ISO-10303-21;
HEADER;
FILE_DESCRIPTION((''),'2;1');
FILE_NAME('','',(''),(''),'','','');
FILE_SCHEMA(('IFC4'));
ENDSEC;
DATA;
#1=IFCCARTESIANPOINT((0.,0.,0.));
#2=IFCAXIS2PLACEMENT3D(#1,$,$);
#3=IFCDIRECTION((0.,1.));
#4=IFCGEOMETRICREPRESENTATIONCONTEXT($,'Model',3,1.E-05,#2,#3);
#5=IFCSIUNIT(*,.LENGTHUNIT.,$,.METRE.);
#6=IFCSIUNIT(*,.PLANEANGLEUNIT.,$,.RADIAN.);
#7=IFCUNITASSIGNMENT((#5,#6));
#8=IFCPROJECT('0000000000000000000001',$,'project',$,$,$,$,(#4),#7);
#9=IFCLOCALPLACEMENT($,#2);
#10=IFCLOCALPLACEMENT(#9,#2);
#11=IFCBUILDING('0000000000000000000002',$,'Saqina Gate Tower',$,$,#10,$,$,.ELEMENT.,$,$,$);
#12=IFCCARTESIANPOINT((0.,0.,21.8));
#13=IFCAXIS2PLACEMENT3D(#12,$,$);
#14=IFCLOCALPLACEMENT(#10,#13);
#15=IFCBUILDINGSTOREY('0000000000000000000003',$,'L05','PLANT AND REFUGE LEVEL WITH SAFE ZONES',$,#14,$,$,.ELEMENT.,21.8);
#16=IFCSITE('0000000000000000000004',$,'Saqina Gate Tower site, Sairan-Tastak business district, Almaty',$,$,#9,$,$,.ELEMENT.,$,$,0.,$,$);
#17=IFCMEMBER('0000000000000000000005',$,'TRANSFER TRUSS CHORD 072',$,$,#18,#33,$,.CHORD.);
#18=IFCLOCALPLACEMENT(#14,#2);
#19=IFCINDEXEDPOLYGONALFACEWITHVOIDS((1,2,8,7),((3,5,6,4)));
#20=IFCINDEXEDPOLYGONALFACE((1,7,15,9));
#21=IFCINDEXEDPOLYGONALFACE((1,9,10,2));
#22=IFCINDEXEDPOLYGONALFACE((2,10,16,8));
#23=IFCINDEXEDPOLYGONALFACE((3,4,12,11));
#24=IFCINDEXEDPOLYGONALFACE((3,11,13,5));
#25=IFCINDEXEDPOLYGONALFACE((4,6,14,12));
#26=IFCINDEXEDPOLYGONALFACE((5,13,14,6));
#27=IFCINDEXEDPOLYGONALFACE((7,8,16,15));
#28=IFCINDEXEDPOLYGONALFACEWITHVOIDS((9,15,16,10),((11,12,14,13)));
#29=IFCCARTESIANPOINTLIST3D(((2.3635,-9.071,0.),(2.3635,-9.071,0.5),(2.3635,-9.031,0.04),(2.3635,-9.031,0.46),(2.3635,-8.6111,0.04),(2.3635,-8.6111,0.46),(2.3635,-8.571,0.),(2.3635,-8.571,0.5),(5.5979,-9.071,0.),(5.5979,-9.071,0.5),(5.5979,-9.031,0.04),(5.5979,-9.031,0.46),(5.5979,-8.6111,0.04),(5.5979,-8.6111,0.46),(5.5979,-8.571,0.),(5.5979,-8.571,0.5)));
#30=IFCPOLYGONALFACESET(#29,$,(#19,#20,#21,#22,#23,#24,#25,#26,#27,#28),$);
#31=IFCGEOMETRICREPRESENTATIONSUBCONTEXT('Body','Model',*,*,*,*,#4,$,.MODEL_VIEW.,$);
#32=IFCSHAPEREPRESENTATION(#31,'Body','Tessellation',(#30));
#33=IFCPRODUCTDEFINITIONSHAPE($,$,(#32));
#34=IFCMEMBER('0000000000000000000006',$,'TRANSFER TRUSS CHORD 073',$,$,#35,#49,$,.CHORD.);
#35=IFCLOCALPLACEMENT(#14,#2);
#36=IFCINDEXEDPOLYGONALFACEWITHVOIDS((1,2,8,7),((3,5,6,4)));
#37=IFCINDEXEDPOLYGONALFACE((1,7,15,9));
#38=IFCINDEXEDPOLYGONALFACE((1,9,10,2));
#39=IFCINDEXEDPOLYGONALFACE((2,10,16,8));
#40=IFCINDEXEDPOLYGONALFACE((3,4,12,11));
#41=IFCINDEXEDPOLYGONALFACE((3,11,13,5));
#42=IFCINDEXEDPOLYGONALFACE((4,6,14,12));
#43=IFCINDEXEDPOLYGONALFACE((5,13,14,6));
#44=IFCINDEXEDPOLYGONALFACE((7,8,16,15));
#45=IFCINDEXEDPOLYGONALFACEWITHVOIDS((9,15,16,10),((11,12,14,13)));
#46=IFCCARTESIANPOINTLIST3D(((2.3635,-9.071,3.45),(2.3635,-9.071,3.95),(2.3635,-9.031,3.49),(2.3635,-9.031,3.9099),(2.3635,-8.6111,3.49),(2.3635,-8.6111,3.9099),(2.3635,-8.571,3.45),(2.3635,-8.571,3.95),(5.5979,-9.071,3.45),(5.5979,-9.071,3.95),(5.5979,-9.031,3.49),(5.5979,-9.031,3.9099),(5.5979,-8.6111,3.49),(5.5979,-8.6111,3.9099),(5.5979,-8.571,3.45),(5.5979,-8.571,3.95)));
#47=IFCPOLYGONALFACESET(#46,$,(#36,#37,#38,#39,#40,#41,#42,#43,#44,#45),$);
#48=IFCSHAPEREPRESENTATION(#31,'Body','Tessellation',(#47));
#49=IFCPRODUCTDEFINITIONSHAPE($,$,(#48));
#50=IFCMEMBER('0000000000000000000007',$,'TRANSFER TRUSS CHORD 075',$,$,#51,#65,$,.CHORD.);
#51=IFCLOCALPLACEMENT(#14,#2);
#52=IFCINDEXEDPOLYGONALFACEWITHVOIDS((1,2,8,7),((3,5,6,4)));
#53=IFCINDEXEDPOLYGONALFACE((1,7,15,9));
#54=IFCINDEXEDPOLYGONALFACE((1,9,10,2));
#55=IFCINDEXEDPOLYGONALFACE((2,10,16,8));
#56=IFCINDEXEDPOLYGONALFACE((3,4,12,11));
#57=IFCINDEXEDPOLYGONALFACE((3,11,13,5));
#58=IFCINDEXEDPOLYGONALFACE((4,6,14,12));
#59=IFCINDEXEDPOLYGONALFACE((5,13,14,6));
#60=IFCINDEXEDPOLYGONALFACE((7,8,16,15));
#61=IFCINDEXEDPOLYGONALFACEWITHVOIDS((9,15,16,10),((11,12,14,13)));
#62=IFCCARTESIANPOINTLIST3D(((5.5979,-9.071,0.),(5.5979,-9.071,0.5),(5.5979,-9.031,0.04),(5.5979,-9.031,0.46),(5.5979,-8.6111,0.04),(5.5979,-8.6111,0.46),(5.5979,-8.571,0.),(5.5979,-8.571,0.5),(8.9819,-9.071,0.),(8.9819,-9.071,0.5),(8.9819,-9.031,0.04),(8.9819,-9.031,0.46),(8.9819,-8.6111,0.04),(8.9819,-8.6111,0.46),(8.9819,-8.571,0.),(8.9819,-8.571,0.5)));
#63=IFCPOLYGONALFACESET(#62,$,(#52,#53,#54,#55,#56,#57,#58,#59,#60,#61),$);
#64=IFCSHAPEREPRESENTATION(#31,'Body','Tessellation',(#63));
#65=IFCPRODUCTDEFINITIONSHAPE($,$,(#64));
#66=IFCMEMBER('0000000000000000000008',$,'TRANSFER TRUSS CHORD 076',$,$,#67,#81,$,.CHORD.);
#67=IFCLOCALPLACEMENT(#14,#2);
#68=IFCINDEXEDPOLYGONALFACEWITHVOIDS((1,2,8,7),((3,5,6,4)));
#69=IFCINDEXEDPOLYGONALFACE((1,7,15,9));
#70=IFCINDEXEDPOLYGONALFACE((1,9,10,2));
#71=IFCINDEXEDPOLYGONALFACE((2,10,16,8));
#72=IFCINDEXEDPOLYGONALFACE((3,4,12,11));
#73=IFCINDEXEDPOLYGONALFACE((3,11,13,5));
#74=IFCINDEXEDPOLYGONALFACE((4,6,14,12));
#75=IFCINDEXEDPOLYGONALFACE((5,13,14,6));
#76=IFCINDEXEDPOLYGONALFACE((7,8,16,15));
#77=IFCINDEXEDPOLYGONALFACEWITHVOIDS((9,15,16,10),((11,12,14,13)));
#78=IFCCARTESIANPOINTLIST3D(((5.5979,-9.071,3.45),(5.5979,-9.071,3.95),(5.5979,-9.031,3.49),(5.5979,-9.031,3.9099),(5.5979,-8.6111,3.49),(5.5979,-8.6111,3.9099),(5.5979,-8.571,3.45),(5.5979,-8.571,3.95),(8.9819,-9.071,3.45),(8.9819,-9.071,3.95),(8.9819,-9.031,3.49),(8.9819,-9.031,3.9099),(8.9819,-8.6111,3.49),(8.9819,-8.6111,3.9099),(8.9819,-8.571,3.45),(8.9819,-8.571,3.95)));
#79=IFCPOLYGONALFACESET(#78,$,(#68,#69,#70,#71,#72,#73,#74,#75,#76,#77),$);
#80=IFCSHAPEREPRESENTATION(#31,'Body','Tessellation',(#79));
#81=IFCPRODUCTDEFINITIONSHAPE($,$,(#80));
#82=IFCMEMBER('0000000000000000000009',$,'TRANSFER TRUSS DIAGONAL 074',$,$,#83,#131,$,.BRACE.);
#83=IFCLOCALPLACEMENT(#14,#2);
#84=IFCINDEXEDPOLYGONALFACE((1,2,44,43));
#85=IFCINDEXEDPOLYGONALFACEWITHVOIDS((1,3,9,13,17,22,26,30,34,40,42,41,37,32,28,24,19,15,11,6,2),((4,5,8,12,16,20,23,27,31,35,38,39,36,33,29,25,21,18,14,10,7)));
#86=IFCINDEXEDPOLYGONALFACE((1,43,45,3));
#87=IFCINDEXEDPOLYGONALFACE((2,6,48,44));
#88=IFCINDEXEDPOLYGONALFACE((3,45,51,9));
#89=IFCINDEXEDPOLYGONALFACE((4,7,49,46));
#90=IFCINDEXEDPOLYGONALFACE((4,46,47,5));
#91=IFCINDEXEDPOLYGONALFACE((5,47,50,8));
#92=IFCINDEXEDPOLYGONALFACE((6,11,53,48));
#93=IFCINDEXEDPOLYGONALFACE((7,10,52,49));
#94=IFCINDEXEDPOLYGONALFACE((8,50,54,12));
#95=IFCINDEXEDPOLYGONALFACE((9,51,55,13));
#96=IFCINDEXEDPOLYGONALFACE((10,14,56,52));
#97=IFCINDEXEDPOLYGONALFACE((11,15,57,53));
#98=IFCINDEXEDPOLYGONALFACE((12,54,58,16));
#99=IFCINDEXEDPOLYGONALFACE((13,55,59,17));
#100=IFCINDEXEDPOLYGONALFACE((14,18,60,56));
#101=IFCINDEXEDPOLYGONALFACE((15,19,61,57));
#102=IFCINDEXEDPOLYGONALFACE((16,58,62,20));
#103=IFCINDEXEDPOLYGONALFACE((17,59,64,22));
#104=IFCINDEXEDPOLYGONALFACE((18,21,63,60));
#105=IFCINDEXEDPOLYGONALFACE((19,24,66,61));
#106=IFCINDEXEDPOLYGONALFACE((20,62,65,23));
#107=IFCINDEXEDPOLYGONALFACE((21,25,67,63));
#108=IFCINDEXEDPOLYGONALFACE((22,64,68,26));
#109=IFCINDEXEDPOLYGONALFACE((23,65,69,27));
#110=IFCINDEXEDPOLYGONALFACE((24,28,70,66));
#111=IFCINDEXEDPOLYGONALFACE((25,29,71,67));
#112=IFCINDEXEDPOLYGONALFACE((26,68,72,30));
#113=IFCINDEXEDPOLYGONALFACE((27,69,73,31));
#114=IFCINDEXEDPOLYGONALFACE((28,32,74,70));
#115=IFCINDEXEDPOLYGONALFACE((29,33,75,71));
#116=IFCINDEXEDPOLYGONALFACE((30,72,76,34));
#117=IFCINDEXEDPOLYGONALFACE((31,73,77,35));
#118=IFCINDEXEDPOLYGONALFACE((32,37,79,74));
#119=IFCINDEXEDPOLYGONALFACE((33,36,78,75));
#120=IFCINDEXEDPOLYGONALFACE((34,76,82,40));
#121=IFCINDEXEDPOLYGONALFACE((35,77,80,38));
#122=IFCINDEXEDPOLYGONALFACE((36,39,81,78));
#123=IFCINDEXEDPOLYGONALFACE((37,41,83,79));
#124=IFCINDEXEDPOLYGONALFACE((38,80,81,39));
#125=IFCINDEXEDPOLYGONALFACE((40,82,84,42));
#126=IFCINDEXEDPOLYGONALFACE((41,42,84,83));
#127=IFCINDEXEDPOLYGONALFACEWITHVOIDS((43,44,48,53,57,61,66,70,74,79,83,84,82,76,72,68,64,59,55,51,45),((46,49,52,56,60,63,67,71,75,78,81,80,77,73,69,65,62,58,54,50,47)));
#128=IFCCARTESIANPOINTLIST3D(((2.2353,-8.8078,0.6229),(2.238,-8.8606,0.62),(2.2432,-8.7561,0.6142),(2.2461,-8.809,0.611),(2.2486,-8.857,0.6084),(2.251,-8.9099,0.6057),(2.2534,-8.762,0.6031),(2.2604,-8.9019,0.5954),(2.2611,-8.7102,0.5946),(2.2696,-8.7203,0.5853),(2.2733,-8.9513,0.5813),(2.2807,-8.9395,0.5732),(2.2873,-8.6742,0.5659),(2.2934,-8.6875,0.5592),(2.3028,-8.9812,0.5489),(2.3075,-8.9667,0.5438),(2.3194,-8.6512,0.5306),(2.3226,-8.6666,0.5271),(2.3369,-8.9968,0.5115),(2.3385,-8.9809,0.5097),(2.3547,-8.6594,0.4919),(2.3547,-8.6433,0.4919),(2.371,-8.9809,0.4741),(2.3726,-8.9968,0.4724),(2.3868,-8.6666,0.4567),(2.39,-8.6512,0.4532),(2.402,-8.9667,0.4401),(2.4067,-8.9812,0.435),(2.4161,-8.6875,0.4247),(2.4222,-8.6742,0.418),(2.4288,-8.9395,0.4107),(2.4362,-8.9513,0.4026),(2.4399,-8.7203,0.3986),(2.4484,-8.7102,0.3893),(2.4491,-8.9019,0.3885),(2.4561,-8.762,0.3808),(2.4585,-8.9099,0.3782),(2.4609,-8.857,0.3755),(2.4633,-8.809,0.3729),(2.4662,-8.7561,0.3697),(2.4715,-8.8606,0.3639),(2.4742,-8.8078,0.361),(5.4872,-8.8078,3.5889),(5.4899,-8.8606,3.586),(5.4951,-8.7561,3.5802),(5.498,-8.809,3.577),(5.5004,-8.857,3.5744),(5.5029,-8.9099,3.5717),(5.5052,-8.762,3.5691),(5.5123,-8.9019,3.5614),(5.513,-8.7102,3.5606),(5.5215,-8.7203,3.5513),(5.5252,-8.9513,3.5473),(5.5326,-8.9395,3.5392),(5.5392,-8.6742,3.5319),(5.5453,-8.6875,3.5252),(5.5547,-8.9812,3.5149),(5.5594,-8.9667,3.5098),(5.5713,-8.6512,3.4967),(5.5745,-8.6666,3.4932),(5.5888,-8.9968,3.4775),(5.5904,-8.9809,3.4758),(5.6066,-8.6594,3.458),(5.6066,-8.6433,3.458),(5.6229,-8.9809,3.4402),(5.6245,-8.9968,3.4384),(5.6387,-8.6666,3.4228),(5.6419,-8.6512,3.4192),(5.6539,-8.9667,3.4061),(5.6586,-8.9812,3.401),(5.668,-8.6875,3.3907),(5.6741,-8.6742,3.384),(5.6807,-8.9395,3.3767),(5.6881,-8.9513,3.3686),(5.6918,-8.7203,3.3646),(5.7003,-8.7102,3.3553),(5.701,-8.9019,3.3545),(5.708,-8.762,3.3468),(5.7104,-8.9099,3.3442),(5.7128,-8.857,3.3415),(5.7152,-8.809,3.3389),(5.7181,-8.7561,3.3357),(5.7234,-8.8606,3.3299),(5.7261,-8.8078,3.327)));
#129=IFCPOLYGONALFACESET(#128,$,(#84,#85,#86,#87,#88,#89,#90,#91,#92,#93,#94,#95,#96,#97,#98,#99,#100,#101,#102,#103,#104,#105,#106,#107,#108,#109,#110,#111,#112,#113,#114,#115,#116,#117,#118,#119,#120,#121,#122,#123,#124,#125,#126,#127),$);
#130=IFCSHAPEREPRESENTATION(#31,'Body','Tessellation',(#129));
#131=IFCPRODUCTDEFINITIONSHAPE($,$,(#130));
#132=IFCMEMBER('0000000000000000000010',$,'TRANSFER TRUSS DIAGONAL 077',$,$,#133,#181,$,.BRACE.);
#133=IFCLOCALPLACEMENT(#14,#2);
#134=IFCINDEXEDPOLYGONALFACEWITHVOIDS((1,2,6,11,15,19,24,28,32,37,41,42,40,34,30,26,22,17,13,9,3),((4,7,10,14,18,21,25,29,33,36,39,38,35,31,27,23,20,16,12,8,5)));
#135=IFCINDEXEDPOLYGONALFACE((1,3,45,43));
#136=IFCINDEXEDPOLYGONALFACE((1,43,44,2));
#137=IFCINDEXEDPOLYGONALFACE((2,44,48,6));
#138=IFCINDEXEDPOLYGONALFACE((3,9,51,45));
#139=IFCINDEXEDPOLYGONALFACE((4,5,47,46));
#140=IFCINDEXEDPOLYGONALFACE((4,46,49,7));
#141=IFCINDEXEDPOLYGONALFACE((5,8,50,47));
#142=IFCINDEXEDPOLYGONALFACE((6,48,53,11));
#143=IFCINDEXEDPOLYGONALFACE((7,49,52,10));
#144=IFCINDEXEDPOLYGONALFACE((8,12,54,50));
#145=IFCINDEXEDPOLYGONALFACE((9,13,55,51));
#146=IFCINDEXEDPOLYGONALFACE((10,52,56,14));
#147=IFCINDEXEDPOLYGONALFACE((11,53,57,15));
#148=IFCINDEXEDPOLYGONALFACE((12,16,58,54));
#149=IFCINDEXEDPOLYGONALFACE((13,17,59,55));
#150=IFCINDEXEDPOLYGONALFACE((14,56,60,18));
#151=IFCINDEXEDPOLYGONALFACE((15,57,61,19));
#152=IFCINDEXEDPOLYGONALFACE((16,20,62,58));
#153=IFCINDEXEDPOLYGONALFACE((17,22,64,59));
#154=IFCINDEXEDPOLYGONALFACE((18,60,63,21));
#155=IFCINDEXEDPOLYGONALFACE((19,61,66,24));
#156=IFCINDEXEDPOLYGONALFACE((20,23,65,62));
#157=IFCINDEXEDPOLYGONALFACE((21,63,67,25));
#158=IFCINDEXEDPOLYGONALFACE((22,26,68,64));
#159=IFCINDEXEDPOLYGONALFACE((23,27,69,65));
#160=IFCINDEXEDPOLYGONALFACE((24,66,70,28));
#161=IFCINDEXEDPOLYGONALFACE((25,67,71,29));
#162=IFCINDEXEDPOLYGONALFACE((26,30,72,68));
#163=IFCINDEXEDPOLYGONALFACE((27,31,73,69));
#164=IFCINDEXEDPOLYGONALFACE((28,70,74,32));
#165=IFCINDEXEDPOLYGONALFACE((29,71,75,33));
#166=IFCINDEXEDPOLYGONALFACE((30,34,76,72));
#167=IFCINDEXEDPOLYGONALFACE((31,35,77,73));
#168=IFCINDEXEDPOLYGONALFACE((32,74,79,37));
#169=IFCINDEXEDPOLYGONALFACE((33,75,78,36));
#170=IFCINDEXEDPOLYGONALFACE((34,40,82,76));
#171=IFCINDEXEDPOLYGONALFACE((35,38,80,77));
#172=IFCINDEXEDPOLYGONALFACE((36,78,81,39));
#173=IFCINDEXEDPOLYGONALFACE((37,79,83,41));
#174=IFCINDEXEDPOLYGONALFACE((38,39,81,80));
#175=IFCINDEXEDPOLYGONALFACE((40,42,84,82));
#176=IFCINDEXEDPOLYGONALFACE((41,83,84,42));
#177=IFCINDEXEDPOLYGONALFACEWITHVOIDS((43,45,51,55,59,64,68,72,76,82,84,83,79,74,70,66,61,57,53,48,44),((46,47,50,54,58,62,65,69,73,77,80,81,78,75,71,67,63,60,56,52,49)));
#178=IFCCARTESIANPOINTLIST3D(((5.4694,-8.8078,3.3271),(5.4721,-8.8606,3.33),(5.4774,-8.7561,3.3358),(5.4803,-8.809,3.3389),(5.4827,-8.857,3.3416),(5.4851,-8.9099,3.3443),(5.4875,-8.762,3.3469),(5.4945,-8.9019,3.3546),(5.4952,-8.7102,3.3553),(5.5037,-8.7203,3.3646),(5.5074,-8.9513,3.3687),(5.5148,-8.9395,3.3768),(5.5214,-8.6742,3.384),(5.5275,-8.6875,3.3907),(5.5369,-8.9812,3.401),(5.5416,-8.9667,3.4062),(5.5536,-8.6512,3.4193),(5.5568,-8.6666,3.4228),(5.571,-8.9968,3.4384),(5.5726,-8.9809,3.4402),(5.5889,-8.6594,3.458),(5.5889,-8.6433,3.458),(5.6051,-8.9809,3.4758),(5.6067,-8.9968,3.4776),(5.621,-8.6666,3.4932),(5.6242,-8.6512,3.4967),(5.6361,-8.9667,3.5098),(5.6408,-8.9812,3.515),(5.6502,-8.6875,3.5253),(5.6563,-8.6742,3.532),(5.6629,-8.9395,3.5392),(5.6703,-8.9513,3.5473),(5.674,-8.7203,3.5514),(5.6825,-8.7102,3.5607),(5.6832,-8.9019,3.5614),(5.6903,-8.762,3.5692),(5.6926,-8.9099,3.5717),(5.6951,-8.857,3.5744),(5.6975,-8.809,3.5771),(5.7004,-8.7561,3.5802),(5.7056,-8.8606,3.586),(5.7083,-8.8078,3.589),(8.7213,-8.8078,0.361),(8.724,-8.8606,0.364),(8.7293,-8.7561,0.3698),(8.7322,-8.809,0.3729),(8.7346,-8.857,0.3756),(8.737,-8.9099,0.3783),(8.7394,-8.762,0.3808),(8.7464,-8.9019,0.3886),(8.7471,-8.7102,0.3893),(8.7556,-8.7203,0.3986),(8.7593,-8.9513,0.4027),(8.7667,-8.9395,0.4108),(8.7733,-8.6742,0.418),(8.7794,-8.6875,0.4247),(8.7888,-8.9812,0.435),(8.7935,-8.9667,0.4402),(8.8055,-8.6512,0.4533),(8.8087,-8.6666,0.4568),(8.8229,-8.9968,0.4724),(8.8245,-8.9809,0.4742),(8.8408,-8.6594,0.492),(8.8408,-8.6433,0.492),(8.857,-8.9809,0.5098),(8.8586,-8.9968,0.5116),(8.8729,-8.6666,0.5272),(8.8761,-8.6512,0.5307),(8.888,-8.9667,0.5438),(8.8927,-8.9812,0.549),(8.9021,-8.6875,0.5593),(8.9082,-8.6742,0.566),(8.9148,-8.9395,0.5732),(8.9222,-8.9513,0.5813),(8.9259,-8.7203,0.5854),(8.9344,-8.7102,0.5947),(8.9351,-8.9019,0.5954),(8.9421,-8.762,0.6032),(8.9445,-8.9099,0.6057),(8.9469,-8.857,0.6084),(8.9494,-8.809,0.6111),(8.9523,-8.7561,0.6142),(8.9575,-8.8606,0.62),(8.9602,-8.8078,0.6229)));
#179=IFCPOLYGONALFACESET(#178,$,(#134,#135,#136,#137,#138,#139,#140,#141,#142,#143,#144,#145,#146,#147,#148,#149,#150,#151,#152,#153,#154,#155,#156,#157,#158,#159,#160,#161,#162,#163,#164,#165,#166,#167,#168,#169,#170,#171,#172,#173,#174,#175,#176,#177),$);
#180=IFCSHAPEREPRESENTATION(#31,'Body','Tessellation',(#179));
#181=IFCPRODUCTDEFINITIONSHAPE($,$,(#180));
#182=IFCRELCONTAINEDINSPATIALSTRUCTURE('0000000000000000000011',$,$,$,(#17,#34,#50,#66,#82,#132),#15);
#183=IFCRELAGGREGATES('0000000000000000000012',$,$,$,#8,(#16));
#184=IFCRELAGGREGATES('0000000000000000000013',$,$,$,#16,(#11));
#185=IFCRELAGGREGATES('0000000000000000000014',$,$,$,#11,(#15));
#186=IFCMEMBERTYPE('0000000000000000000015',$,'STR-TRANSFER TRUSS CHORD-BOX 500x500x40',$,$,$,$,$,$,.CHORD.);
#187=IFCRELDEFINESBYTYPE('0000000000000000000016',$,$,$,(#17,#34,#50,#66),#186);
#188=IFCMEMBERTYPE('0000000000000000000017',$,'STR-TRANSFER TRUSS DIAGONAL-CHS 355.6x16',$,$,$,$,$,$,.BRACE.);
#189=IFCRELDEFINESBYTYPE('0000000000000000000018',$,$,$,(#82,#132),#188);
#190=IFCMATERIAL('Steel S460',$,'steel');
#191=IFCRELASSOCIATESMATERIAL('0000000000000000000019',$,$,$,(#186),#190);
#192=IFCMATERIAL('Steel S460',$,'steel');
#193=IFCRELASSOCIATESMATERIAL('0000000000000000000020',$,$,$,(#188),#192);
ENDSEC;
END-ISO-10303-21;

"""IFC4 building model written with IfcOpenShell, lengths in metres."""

from ifc_helpers import new_model, si_unit, direction, frame, origin, origin_2d, place, context, subcontext, project, spatial, hollow_rectangle, hollow_circle, extrude, material, material_profile, profile_set, type_object, element, save


model = new_model("IFC4")

# Units and contexts
model_context = context("Model", 3, precision=1e-05, world=origin(), true_north=direction((0.0, 1.0)))
body_context = subcontext(model_context, "Body", "Model", "MODEL_VIEW")
ifc_project = project(units=[si_unit("LENGTHUNIT", "METRE"), si_unit("PLANEANGLEUNIT", "RADIAN")], contexts=[model_context])

# Site, building, storey
site_placement = place(None, origin())
site = spatial("IfcSite", under=ifc_project, at=site_placement, Name="Saqina Gate Tower site, Sairan-Tastak business district, Almaty", CompositionType="ELEMENT", RefElevation=0.0)
building_placement = place(site_placement, origin())
building = spatial("IfcBuilding", under=site, at=building_placement, Name="Saqina Gate Tower", CompositionType="ELEMENT")
storey_placement = place(building_placement, frame((0.0, 0.0, 21.8)))
storey = spatial("IfcBuildingStorey", under=building, at=storey_placement, Name="L05", Description="PLANT AND REFUGE LEVEL WITH SAFE ZONES", CompositionType="ELEMENT", Elevation=21.8)

# Members
ifc_material_1 = material(Name="Steel S460", Category="steel")
ifc_material_profile_1 = material_profile(ifc_material_1, hollow_rectangle(XDim=0.5, YDim=0.5, WallThickness=0.04, at=origin_2d()), Name="BOX 500x500x40")
ifc_profile_set_1 = profile_set([ifc_material_profile_1], Name="Steel S460")
member_type_1 = type_object("IfcMemberType", Name="STR-TRANSFER TRUSS CHORD-BOX 500x500x40", PredefinedType="CHORD", material=ifc_profile_set_1)
for number, where, z_axis, x_axis, name in (
    (1, (2.3635, -8.821, 0.25), (1.0, 0.0, 0.0), (0.0, 1.0, 0.0), "TRANSFER TRUSS CHORD 072"),
    (2, (2.3635, -8.821, 3.7), (1.0, 0.0, 0.0), (0.0, 1.0, 0.0), "TRANSFER TRUSS CHORD 073"),
):
    element("IfcMember", number, at=place(storey_placement, frame(where, z_axis=z_axis, x_axis=x_axis)), inside=storey, type_object=member_type_1, Name=name, PredefinedType="CHORD", context=body_context, shape_type="SweptSolid", body=[
        extrude(hollow_rectangle(XDim=0.5, YDim=0.5, WallThickness=0.04, at=origin_2d()), origin(), (0.0, 0.0, 1.0), 3.2344),
    ])
for number, where, z_axis, x_axis, name in (
    (3, (5.5979, -8.821, 0.25), (1.0, 0.0, 0.0), (0.0, 1.0, 0.0), "TRANSFER TRUSS CHORD 075"),
    (4, (5.5979, -8.821, 3.7), (1.0, 0.0, 0.0), (0.0, 1.0, 0.0), "TRANSFER TRUSS CHORD 076"),
):
    element("IfcMember", number, at=place(storey_placement, frame(where, z_axis=z_axis, x_axis=x_axis)), inside=storey, type_object=member_type_1, Name=name, PredefinedType="CHORD", context=body_context, shape_type="SweptSolid", body=[
        extrude(hollow_rectangle(XDim=0.5, YDim=0.5, WallThickness=0.04, at=origin_2d()), origin(), (0.0, 0.0, 1.0), 3.384),
    ])
ifc_material_2 = material(Name="Steel S460", Category="steel")
ifc_material_profile_2 = material_profile(ifc_material_2, hollow_circle(Radius=0.1777, WallThickness=0.0161, at=origin_2d()), Name="CHS 355.6x16")
ifc_profile_set_2 = profile_set([ifc_material_profile_2], Name="Steel S460")
member_type_2 = type_object("IfcMemberType", Name="STR-TRANSFER TRUSS DIAGONAL-CHS 355.6x16", PredefinedType="BRACE", material=ifc_profile_set_2)
for number, where, z_axis, x_axis, name in (
    (5, (2.3547, -8.821, 0.4919), (0.738837, 0.0, 0.673884), (0.0, 1.0, 0.0), "TRANSFER TRUSS DIAGONAL 074"),
    (6, (5.5889, -8.821, 3.458), (0.738837, 0.0, -0.673884), (0.0, 1.0, 0.0), "TRANSFER TRUSS DIAGONAL 077"),
):
    element("IfcMember", number, at=place(storey_placement, frame(where, z_axis=z_axis, x_axis=x_axis)), inside=storey, type_object=member_type_2, Name=name, PredefinedType="BRACE", context=body_context, shape_type="SweptSolid", body=[
        extrude(hollow_circle(Radius=0.1777, WallThickness=0.0161, at=origin_2d()), origin(), (0.0, 0.0, 1.0), 4.4014),
    ])

save(model, "model.ifc")
